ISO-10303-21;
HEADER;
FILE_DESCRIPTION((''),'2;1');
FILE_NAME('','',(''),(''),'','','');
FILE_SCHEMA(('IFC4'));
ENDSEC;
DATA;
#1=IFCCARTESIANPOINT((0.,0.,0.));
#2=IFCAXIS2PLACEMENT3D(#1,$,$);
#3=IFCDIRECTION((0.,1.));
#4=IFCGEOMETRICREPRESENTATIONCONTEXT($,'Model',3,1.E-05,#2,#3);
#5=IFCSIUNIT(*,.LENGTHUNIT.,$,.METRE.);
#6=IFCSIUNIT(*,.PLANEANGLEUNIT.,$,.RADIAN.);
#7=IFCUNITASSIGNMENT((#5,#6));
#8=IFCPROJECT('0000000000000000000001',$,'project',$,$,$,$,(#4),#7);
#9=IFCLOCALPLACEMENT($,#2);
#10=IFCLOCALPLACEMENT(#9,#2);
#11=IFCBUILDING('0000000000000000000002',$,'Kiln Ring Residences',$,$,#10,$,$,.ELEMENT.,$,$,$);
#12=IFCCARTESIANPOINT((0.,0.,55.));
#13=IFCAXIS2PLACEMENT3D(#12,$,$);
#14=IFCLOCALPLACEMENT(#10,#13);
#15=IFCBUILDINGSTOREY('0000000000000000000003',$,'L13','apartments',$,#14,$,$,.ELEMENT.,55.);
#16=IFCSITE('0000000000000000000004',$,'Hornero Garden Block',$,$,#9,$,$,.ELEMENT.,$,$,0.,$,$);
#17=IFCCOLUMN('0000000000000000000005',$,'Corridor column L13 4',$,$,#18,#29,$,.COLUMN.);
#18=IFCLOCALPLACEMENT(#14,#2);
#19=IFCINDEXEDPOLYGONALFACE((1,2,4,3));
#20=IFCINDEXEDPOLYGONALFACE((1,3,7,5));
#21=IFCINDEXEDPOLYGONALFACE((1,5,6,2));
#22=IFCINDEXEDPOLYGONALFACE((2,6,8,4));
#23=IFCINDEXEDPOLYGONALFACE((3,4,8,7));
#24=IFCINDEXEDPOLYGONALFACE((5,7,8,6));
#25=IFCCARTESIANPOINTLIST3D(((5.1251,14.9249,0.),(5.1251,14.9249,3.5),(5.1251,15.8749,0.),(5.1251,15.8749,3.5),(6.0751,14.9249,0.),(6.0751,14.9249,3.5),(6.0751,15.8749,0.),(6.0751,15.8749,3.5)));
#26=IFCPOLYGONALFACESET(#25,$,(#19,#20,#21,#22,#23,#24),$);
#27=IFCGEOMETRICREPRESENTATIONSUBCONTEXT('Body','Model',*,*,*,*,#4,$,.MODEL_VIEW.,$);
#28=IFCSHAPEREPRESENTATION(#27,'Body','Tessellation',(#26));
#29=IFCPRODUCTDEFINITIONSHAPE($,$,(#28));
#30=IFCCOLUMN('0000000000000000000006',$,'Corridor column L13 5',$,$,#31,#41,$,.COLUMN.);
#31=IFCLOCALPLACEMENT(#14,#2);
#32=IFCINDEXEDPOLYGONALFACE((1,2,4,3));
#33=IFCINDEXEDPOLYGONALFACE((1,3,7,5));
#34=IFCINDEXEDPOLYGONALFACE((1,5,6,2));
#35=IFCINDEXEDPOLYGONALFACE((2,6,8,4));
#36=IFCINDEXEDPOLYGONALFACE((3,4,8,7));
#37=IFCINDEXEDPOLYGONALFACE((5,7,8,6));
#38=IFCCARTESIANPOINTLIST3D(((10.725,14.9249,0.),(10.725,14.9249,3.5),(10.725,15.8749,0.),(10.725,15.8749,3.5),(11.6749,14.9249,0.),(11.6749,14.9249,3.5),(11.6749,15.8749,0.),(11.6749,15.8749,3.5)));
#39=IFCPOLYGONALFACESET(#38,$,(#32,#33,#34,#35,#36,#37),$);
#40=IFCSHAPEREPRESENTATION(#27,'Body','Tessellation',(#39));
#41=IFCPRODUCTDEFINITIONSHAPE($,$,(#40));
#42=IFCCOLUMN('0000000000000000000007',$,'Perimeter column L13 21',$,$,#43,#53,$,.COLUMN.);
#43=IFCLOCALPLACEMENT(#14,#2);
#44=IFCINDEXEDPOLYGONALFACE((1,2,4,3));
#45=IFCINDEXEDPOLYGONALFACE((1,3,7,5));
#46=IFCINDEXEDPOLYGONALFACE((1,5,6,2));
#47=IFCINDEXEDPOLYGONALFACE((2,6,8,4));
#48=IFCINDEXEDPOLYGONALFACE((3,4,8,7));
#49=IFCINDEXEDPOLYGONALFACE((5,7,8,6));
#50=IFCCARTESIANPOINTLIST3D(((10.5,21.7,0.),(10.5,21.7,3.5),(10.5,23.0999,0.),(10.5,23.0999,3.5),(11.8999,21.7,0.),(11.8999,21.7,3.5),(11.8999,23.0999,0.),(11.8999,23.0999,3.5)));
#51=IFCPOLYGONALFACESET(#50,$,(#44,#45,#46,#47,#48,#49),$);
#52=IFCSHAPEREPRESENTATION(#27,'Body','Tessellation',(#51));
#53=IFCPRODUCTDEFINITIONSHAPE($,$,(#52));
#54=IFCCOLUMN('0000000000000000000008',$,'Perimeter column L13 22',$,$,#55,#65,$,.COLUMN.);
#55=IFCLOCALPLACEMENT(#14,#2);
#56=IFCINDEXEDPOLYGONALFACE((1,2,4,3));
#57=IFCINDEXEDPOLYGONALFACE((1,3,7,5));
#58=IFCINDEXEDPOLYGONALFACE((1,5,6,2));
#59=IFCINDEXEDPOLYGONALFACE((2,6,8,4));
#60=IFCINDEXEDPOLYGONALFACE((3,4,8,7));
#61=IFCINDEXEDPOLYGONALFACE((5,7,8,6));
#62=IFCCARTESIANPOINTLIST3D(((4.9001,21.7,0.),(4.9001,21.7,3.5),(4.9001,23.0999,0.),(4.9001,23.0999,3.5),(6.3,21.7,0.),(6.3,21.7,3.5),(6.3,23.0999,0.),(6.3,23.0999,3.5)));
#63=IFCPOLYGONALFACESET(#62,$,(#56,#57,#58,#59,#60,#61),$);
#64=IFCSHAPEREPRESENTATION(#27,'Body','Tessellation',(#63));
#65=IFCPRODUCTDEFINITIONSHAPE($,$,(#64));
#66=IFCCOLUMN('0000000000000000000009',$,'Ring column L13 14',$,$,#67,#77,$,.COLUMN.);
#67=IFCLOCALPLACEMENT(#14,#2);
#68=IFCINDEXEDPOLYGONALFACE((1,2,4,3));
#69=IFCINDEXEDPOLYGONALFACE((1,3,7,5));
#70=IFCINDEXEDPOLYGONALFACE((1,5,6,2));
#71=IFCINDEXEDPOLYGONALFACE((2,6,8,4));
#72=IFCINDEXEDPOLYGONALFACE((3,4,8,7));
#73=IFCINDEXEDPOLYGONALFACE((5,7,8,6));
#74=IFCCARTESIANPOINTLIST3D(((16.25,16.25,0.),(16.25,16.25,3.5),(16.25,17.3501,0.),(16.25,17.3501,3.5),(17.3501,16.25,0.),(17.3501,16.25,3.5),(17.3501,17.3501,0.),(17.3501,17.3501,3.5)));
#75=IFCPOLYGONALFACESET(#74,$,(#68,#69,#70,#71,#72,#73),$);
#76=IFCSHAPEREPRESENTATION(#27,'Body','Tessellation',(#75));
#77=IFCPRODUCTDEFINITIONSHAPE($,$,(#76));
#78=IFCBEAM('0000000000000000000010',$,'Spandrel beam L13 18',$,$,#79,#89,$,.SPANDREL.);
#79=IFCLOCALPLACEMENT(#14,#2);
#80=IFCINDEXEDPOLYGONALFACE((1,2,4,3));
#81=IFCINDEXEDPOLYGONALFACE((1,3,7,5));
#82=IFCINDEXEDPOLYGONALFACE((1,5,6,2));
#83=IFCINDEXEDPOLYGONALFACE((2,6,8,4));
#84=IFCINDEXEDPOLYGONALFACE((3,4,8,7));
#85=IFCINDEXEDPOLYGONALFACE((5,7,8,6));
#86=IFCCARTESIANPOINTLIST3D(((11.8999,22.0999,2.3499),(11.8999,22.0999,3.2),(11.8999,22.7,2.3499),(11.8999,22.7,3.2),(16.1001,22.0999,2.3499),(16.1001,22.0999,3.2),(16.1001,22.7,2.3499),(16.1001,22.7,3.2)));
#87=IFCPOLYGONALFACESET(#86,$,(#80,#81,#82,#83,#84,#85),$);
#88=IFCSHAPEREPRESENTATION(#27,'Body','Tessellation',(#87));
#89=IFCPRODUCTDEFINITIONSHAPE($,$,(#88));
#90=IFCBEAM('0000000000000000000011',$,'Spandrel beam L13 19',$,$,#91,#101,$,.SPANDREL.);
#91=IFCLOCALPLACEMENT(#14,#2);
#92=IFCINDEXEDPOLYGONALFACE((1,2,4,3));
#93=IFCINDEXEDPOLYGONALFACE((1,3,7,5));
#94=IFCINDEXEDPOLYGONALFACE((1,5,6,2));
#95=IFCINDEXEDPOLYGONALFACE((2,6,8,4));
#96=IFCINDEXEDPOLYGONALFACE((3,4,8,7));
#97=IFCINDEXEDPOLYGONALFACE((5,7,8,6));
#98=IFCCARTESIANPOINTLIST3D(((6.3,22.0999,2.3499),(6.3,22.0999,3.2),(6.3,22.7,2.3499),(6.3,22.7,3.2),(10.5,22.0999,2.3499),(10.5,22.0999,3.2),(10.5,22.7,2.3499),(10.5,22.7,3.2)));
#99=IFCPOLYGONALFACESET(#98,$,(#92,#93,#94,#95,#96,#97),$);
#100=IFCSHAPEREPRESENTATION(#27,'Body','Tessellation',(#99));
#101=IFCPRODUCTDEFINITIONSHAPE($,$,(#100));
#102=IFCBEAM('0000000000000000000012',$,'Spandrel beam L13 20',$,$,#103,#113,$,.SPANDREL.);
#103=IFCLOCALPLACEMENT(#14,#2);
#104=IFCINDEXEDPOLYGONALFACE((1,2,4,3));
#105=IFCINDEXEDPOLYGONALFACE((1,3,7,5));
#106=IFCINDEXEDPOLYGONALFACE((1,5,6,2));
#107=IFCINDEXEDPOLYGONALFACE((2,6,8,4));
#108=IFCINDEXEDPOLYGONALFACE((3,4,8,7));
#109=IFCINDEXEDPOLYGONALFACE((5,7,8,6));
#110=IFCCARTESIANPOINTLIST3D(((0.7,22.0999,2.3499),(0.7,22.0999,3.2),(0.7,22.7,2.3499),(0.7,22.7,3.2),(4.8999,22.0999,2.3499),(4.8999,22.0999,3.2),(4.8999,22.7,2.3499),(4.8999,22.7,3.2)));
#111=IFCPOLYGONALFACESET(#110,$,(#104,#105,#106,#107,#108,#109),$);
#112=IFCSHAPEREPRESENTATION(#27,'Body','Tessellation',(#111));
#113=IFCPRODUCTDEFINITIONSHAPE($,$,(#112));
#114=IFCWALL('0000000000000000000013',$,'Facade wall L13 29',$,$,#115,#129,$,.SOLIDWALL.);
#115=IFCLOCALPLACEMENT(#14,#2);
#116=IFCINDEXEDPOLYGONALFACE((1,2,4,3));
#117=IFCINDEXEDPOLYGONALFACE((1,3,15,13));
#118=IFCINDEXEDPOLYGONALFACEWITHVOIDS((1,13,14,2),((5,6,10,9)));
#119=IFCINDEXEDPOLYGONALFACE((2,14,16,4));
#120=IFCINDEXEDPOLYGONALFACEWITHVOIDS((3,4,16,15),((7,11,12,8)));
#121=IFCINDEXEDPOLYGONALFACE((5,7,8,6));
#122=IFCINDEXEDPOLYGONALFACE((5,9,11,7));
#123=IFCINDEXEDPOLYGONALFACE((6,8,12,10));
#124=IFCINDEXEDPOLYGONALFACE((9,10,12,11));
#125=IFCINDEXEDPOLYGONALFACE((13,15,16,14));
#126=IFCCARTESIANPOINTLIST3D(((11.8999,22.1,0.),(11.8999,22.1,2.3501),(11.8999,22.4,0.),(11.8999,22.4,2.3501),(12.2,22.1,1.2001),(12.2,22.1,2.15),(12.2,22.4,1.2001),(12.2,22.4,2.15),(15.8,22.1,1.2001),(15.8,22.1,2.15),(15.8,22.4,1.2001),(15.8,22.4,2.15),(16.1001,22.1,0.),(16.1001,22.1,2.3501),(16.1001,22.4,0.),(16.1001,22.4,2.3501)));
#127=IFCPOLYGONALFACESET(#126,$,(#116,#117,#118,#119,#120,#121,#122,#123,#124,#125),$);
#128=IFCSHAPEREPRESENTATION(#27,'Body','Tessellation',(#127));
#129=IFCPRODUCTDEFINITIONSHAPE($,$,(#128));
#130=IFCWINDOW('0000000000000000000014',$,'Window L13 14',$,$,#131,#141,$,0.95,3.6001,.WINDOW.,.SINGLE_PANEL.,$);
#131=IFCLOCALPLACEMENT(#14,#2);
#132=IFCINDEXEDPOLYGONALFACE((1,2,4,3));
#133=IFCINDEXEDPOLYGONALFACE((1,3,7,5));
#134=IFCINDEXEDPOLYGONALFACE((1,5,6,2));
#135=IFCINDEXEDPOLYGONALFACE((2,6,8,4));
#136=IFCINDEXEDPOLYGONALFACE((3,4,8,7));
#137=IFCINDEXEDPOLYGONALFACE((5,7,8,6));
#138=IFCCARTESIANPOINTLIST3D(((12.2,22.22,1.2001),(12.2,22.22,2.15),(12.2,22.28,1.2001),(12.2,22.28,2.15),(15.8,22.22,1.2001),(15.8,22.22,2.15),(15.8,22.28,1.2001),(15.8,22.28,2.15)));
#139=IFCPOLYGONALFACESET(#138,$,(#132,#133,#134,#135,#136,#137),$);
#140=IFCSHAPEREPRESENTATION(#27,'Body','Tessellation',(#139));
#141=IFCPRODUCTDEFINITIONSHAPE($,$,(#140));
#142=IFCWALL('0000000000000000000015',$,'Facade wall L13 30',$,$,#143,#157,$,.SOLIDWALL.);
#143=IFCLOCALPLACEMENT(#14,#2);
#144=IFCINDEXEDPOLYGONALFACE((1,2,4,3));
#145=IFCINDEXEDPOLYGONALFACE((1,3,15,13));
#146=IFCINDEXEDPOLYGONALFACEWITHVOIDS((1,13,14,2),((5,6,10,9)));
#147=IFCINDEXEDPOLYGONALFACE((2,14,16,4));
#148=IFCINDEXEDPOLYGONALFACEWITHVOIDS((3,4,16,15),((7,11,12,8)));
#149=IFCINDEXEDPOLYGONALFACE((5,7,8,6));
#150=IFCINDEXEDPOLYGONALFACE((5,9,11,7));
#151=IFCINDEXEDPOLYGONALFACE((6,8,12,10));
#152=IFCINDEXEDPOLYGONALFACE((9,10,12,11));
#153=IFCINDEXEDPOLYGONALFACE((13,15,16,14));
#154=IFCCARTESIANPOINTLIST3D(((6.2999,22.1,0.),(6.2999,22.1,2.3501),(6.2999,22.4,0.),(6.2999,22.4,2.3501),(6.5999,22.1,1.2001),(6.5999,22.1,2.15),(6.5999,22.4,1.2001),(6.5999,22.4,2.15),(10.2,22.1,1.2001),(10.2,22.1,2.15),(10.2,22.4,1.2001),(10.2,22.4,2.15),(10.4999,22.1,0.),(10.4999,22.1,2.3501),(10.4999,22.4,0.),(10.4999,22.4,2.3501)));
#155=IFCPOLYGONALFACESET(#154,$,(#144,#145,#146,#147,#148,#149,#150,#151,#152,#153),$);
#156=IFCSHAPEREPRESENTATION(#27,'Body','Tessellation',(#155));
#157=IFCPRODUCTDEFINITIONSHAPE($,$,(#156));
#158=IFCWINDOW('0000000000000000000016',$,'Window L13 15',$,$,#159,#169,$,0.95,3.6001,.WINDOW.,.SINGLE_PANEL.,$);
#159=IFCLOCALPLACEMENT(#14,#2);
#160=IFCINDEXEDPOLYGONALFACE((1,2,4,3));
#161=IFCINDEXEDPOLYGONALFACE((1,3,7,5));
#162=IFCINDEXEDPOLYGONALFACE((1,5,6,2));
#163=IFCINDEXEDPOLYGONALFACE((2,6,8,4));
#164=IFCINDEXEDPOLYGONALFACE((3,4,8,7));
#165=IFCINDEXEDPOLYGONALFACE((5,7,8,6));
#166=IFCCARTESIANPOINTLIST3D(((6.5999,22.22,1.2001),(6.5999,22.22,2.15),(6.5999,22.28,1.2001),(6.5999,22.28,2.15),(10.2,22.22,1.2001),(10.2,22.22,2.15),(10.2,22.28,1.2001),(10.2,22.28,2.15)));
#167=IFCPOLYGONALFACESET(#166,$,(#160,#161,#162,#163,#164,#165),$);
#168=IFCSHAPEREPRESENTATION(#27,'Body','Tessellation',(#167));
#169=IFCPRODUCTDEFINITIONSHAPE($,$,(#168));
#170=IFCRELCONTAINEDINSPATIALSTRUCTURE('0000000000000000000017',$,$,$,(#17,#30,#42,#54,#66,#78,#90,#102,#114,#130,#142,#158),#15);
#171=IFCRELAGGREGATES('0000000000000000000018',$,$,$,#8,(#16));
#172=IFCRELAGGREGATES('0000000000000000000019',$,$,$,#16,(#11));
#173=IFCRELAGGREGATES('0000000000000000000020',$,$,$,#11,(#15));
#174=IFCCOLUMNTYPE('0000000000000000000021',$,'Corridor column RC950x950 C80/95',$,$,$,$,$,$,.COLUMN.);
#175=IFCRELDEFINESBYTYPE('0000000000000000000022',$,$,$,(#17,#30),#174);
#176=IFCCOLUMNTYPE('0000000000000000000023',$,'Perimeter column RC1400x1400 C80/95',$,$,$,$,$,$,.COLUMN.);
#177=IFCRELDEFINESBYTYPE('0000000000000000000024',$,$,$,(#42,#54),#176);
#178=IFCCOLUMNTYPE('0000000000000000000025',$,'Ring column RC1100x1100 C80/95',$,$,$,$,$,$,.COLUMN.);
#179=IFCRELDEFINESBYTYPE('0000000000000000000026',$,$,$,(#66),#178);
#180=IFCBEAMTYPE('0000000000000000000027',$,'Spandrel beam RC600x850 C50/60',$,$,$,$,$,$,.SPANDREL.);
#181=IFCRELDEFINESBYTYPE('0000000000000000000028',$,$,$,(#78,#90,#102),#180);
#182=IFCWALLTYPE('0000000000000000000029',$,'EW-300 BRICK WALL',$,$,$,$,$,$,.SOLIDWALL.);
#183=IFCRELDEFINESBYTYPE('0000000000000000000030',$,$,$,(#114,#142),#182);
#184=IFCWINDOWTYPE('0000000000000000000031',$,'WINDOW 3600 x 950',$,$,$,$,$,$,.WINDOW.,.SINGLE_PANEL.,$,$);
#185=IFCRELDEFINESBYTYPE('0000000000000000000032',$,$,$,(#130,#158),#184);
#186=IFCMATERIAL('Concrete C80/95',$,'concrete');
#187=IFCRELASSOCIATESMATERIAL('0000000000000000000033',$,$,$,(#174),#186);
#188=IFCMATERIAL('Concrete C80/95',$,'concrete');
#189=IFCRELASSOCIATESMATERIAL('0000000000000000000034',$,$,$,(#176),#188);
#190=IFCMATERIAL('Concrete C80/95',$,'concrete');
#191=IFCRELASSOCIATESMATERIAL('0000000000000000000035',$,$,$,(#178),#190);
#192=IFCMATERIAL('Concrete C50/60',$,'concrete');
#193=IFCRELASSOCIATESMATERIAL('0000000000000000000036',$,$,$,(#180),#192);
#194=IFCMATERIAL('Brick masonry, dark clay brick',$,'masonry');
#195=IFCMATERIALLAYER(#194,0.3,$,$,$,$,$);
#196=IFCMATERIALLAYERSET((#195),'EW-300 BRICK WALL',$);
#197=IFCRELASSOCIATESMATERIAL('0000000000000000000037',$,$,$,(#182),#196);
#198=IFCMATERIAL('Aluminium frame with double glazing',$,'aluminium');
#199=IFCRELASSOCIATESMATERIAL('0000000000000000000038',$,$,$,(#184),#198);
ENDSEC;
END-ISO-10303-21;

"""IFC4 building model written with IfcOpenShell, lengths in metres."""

from ifc_helpers import new_model, si_unit, direction, frame, frame_2d, origin, origin_2d, place, context, subcontext, project, spatial, rectangle, extrude, material, layer, layer_set, material_profile, profile_set, type_object, element, fill, save


model = new_model("IFC4")

# Units and contexts
model_context = context("Model", 3, precision=1e-05, world=origin(), true_north=direction((0.0, 1.0)))
body_context = subcontext(model_context, "Body", "Model", "MODEL_VIEW")
ifc_project = project(units=[si_unit("LENGTHUNIT", "METRE"), si_unit("PLANEANGLEUNIT", "RADIAN")], contexts=[model_context])

# Site, building, storey
site_placement = place(None, origin())
site = spatial("IfcSite", under=ifc_project, at=site_placement, Name="Hornero Garden Block", CompositionType="ELEMENT", RefElevation=0.0)
building_placement = place(site_placement, origin())
building = spatial("IfcBuilding", under=site, at=building_placement, Name="Kiln Ring Residences", CompositionType="ELEMENT")
storey_placement = place(building_placement, frame((0.0, 0.0, 55.0)))
storey = spatial("IfcBuildingStorey", under=building, at=storey_placement, Name="L13", Description="apartments", CompositionType="ELEMENT", Elevation=55.0)

# Columns
ifc_material_1 = material(Name="Concrete C80/95", Category="concrete")
ifc_material_profile_1 = material_profile(ifc_material_1, rectangle(XDim=0.95, YDim=0.95, at=origin_2d()), Name="RC950x950")
ifc_profile_set_1 = profile_set([ifc_material_profile_1], Name="Concrete C80/95")
column_type_1 = type_object("IfcColumnType", Name="Corridor column RC950x950 C80/95", PredefinedType="COLUMN", material=ifc_profile_set_1)
for number, where, z_axis, x_axis, name in (
    (1, (5.6001, 15.3999, 0.0), (0.0, 0.0, 1.0), (1.0, 0.0, 0.0), "Corridor column L13 4"),
    (2, (11.2, 15.3999, 0.0), (0.0, 0.0, 1.0), (1.0, 0.0, 0.0), "Corridor column L13 5"),
):
    element("IfcColumn", number, at=place(storey_placement, frame(where, z_axis=z_axis, x_axis=x_axis)), inside=storey, type_object=column_type_1, Name=name, PredefinedType="COLUMN", context=body_context, shape_type="SweptSolid", body=[
        extrude(rectangle(XDim=0.95, YDim=0.95, at=origin_2d()), origin(), (0.0, 0.0, 1.0), 3.5),
    ])
ifc_material_2 = material(Name="Concrete C80/95", Category="concrete")
ifc_material_profile_2 = material_profile(ifc_material_2, rectangle(XDim=1.3999, YDim=1.3999, at=origin_2d()), Name="RC1400x1400")
ifc_profile_set_2 = profile_set([ifc_material_profile_2], Name="Concrete C80/95")
column_type_2 = type_object("IfcColumnType", Name="Perimeter column RC1400x1400 C80/95", PredefinedType="COLUMN", material=ifc_profile_set_2)
for number, where, z_axis, x_axis, name in (
    (3, (11.2, 22.3999, 0.0), (0.0, 0.0, 1.0), (1.0, 0.0, 0.0), "Perimeter column L13 21"),
    (4, (5.6001, 22.3999, 0.0), (0.0, 0.0, 1.0), (1.0, 0.0, 0.0), "Perimeter column L13 22"),
):
    element("IfcColumn", number, at=place(storey_placement, frame(where, z_axis=z_axis, x_axis=x_axis)), inside=storey, type_object=column_type_2, Name=name, PredefinedType="COLUMN", context=body_context, shape_type="SweptSolid", body=[
        extrude(rectangle(XDim=1.3999, YDim=1.3999, at=origin_2d()), origin(), (0.0, 0.0, 1.0), 3.5),
    ])
ifc_material_3 = material(Name="Concrete C80/95", Category="concrete")
ifc_material_profile_3 = material_profile(ifc_material_3, rectangle(XDim=1.1001, YDim=1.1001, at=origin_2d()), Name="RC1100x1100")
ifc_profile_set_3 = profile_set([ifc_material_profile_3], Name="Concrete C80/95")
column_type_3 = type_object("IfcColumnType", Name="Ring column RC1100x1100 C80/95", PredefinedType="COLUMN", material=ifc_profile_set_3)
column_placement = place(storey_placement, frame((16.8, 16.8, 0.0), z_axis=(0.0, 0.0, 1.0), x_axis=(1.0, 0.0, 0.0)))
element("IfcColumn", 5, at=column_placement, inside=storey, type_object=column_type_3, Name="Ring column L13 14", PredefinedType="COLUMN", context=body_context, shape_type="SweptSolid", body=[
    extrude(rectangle(XDim=1.1001, YDim=1.1001, at=origin_2d()), origin(), (0.0, 0.0, 1.0), 3.5),
])

# Beams
ifc_material_4 = material(Name="Concrete C50/60", Category="concrete")
ifc_material_profile_4 = material_profile(ifc_material_4, rectangle(XDim=0.6001, YDim=0.8501, at=origin_2d()), Name="RC600x850")
ifc_profile_set_4 = profile_set([ifc_material_profile_4], Name="Concrete C50/60")
beam_type = type_object("IfcBeamType", Name="Spandrel beam RC600x850 C50/60", PredefinedType="SPANDREL", material=ifc_profile_set_4)
beam_placement = place(storey_placement, frame((16.1001, 22.3999, 2.7749), z_axis=(-1.0, 0.0, 0.0), x_axis=(0.0, -1.0, 0.0)))
element("IfcBeam", 6, at=beam_placement, inside=storey, type_object=beam_type, Name="Spandrel beam L13 18", PredefinedType="SPANDREL", context=body_context, shape_type="SweptSolid", body=[
    extrude(rectangle(XDim=0.6001, YDim=0.8501, at=origin_2d()), origin(), (0.0, 0.0, 1.0), 4.2002),
])
for number, where, z_axis, x_axis, name in (
    (7, (10.5, 22.3999, 2.7749), (-1.0, 0.0, 0.0), (0.0, -1.0, 0.0), "Spandrel beam L13 19"),
    (8, (4.8999, 22.3999, 2.7749), (-1.0, 0.0, 0.0), (0.0, -1.0, 0.0), "Spandrel beam L13 20"),
):
    element("IfcBeam", number, at=place(storey_placement, frame(where, z_axis=z_axis, x_axis=x_axis)), inside=storey, type_object=beam_type, Name=name, PredefinedType="SPANDREL", context=body_context, shape_type="SweptSolid", body=[
        extrude(rectangle(XDim=0.6001, YDim=0.8501, at=origin_2d()), origin(), (0.0, 0.0, 1.0), 4.2),
    ])

# Walls, openings, windows
ifc_material_5 = material(Name="Brick masonry, dark clay brick", Category="masonry")
ifc_layer_1 = layer(ifc_material_5, 0.3)
ifc_layer_set_1 = layer_set([ifc_layer_1], Name="EW-300 BRICK WALL")
wall_type_1 = type_object("IfcWallType", Name="EW-300 BRICK WALL", PredefinedType="SOLIDWALL", material=ifc_layer_set_1)
wall_1_placement = place(storey_placement, frame((16.1001, 22.25, 0.0), z_axis=(0.0, 0.0, 1.0), x_axis=(-1.0, 0.0, 0.0)))
wall_1 = element("IfcWall", 9, at=wall_1_placement, inside=storey, type_object=wall_type_1, Name="Facade wall L13 29", PredefinedType="SOLIDWALL", context=body_context, shape_type="SweptSolid", body=[
    extrude(rectangle(XDim=4.2002, YDim=0.3, at=frame_2d((2.1001, 0.0))), origin(), (0.0, 0.0, 1.0), 2.3501),
])
opening_1_placement = place(wall_1_placement, frame((0.3, 0.0, 1.2)))
opening_1 = element("IfcOpeningElement", 10, at=opening_1_placement, cuts=wall_1, PredefinedType="OPENING", context=body_context, shape_type="SweptSolid", body=[
    extrude(rectangle(XDim=3.6001, YDim=0.95, at=frame_2d((1.8, 0.4751))), frame((0.0, 0.1599, 0.0), z_axis=(0.0, -1.0, 0.0), x_axis=(1.0, 0.0, 0.0)), (0.0, 0.0, 1.0), 0.3201),
])
ifc_material_6 = material(Name="Aluminium frame with double glazing", Category="aluminium")
window_type_1 = type_object("IfcWindowType", Name="WINDOW 3600 x 950", PartitioningType="SINGLE_PANEL", PredefinedType="WINDOW", material=ifc_material_6)
window_1_placement = place(opening_1_placement, origin())
window_1 = element("IfcWindow", 11, at=window_1_placement, inside=storey, type_object=window_type_1, Name="Window L13 14", OverallHeight=0.95, OverallWidth=3.6001, PartitioningType="SINGLE_PANEL", PredefinedType="WINDOW", context=body_context, shape_type="SweptSolid", body=[
    extrude(rectangle(XDim=3.6001, YDim=0.95, at=frame_2d((1.8, 0.4751))), frame((0.0, 0.03, 0.0), z_axis=(0.0, -1.0, 0.0), x_axis=(1.0, 0.0, 0.0)), (0.0, 0.0, 1.0), 0.0601),
])
fill(opening_1, window_1)
wall_2_placement = place(storey_placement, frame((10.5, 22.25, 0.0), z_axis=(0.0, 0.0, 1.0), x_axis=(-1.0, 0.0, 0.0)))
wall_2 = element("IfcWall", 12, at=wall_2_placement, inside=storey, type_object=wall_type_1, Name="Facade wall L13 30", PredefinedType="SOLIDWALL", context=body_context, shape_type="SweptSolid", body=[
    extrude(rectangle(XDim=4.2, YDim=0.3, at=frame_2d((2.1001, 0.0))), origin(), (0.0, 0.0, 1.0), 2.3501),
])
opening_2_placement = place(wall_2_placement, frame((0.3, 0.0, 1.2)))
opening_2 = element("IfcOpeningElement", 13, at=opening_2_placement, cuts=wall_2, PredefinedType="OPENING", context=body_context, shape_type="SweptSolid", body=[
    extrude(rectangle(XDim=3.6001, YDim=0.95, at=frame_2d((1.8, 0.4751))), frame((0.0, 0.1599, 0.0), z_axis=(0.0, -1.0, 0.0), x_axis=(1.0, 0.0, 0.0)), (0.0, 0.0, 1.0), 0.3201),
])
window_2_placement = place(opening_2_placement, origin())
window_2 = element("IfcWindow", 14, at=window_2_placement, inside=storey, type_object=window_type_1, Name="Window L13 15", OverallHeight=0.95, OverallWidth=3.6001, PartitioningType="SINGLE_PANEL", PredefinedType="WINDOW", context=body_context, shape_type="SweptSolid", body=[
    extrude(rectangle(XDim=3.6001, YDim=0.95, at=frame_2d((1.8, 0.4751))), frame((0.0, 0.03, 0.0), z_axis=(0.0, -1.0, 0.0), x_axis=(1.0, 0.0, 0.0)), (0.0, 0.0, 1.0), 0.0601),
])
fill(opening_2, window_2)

save(model, "model.ifc")
